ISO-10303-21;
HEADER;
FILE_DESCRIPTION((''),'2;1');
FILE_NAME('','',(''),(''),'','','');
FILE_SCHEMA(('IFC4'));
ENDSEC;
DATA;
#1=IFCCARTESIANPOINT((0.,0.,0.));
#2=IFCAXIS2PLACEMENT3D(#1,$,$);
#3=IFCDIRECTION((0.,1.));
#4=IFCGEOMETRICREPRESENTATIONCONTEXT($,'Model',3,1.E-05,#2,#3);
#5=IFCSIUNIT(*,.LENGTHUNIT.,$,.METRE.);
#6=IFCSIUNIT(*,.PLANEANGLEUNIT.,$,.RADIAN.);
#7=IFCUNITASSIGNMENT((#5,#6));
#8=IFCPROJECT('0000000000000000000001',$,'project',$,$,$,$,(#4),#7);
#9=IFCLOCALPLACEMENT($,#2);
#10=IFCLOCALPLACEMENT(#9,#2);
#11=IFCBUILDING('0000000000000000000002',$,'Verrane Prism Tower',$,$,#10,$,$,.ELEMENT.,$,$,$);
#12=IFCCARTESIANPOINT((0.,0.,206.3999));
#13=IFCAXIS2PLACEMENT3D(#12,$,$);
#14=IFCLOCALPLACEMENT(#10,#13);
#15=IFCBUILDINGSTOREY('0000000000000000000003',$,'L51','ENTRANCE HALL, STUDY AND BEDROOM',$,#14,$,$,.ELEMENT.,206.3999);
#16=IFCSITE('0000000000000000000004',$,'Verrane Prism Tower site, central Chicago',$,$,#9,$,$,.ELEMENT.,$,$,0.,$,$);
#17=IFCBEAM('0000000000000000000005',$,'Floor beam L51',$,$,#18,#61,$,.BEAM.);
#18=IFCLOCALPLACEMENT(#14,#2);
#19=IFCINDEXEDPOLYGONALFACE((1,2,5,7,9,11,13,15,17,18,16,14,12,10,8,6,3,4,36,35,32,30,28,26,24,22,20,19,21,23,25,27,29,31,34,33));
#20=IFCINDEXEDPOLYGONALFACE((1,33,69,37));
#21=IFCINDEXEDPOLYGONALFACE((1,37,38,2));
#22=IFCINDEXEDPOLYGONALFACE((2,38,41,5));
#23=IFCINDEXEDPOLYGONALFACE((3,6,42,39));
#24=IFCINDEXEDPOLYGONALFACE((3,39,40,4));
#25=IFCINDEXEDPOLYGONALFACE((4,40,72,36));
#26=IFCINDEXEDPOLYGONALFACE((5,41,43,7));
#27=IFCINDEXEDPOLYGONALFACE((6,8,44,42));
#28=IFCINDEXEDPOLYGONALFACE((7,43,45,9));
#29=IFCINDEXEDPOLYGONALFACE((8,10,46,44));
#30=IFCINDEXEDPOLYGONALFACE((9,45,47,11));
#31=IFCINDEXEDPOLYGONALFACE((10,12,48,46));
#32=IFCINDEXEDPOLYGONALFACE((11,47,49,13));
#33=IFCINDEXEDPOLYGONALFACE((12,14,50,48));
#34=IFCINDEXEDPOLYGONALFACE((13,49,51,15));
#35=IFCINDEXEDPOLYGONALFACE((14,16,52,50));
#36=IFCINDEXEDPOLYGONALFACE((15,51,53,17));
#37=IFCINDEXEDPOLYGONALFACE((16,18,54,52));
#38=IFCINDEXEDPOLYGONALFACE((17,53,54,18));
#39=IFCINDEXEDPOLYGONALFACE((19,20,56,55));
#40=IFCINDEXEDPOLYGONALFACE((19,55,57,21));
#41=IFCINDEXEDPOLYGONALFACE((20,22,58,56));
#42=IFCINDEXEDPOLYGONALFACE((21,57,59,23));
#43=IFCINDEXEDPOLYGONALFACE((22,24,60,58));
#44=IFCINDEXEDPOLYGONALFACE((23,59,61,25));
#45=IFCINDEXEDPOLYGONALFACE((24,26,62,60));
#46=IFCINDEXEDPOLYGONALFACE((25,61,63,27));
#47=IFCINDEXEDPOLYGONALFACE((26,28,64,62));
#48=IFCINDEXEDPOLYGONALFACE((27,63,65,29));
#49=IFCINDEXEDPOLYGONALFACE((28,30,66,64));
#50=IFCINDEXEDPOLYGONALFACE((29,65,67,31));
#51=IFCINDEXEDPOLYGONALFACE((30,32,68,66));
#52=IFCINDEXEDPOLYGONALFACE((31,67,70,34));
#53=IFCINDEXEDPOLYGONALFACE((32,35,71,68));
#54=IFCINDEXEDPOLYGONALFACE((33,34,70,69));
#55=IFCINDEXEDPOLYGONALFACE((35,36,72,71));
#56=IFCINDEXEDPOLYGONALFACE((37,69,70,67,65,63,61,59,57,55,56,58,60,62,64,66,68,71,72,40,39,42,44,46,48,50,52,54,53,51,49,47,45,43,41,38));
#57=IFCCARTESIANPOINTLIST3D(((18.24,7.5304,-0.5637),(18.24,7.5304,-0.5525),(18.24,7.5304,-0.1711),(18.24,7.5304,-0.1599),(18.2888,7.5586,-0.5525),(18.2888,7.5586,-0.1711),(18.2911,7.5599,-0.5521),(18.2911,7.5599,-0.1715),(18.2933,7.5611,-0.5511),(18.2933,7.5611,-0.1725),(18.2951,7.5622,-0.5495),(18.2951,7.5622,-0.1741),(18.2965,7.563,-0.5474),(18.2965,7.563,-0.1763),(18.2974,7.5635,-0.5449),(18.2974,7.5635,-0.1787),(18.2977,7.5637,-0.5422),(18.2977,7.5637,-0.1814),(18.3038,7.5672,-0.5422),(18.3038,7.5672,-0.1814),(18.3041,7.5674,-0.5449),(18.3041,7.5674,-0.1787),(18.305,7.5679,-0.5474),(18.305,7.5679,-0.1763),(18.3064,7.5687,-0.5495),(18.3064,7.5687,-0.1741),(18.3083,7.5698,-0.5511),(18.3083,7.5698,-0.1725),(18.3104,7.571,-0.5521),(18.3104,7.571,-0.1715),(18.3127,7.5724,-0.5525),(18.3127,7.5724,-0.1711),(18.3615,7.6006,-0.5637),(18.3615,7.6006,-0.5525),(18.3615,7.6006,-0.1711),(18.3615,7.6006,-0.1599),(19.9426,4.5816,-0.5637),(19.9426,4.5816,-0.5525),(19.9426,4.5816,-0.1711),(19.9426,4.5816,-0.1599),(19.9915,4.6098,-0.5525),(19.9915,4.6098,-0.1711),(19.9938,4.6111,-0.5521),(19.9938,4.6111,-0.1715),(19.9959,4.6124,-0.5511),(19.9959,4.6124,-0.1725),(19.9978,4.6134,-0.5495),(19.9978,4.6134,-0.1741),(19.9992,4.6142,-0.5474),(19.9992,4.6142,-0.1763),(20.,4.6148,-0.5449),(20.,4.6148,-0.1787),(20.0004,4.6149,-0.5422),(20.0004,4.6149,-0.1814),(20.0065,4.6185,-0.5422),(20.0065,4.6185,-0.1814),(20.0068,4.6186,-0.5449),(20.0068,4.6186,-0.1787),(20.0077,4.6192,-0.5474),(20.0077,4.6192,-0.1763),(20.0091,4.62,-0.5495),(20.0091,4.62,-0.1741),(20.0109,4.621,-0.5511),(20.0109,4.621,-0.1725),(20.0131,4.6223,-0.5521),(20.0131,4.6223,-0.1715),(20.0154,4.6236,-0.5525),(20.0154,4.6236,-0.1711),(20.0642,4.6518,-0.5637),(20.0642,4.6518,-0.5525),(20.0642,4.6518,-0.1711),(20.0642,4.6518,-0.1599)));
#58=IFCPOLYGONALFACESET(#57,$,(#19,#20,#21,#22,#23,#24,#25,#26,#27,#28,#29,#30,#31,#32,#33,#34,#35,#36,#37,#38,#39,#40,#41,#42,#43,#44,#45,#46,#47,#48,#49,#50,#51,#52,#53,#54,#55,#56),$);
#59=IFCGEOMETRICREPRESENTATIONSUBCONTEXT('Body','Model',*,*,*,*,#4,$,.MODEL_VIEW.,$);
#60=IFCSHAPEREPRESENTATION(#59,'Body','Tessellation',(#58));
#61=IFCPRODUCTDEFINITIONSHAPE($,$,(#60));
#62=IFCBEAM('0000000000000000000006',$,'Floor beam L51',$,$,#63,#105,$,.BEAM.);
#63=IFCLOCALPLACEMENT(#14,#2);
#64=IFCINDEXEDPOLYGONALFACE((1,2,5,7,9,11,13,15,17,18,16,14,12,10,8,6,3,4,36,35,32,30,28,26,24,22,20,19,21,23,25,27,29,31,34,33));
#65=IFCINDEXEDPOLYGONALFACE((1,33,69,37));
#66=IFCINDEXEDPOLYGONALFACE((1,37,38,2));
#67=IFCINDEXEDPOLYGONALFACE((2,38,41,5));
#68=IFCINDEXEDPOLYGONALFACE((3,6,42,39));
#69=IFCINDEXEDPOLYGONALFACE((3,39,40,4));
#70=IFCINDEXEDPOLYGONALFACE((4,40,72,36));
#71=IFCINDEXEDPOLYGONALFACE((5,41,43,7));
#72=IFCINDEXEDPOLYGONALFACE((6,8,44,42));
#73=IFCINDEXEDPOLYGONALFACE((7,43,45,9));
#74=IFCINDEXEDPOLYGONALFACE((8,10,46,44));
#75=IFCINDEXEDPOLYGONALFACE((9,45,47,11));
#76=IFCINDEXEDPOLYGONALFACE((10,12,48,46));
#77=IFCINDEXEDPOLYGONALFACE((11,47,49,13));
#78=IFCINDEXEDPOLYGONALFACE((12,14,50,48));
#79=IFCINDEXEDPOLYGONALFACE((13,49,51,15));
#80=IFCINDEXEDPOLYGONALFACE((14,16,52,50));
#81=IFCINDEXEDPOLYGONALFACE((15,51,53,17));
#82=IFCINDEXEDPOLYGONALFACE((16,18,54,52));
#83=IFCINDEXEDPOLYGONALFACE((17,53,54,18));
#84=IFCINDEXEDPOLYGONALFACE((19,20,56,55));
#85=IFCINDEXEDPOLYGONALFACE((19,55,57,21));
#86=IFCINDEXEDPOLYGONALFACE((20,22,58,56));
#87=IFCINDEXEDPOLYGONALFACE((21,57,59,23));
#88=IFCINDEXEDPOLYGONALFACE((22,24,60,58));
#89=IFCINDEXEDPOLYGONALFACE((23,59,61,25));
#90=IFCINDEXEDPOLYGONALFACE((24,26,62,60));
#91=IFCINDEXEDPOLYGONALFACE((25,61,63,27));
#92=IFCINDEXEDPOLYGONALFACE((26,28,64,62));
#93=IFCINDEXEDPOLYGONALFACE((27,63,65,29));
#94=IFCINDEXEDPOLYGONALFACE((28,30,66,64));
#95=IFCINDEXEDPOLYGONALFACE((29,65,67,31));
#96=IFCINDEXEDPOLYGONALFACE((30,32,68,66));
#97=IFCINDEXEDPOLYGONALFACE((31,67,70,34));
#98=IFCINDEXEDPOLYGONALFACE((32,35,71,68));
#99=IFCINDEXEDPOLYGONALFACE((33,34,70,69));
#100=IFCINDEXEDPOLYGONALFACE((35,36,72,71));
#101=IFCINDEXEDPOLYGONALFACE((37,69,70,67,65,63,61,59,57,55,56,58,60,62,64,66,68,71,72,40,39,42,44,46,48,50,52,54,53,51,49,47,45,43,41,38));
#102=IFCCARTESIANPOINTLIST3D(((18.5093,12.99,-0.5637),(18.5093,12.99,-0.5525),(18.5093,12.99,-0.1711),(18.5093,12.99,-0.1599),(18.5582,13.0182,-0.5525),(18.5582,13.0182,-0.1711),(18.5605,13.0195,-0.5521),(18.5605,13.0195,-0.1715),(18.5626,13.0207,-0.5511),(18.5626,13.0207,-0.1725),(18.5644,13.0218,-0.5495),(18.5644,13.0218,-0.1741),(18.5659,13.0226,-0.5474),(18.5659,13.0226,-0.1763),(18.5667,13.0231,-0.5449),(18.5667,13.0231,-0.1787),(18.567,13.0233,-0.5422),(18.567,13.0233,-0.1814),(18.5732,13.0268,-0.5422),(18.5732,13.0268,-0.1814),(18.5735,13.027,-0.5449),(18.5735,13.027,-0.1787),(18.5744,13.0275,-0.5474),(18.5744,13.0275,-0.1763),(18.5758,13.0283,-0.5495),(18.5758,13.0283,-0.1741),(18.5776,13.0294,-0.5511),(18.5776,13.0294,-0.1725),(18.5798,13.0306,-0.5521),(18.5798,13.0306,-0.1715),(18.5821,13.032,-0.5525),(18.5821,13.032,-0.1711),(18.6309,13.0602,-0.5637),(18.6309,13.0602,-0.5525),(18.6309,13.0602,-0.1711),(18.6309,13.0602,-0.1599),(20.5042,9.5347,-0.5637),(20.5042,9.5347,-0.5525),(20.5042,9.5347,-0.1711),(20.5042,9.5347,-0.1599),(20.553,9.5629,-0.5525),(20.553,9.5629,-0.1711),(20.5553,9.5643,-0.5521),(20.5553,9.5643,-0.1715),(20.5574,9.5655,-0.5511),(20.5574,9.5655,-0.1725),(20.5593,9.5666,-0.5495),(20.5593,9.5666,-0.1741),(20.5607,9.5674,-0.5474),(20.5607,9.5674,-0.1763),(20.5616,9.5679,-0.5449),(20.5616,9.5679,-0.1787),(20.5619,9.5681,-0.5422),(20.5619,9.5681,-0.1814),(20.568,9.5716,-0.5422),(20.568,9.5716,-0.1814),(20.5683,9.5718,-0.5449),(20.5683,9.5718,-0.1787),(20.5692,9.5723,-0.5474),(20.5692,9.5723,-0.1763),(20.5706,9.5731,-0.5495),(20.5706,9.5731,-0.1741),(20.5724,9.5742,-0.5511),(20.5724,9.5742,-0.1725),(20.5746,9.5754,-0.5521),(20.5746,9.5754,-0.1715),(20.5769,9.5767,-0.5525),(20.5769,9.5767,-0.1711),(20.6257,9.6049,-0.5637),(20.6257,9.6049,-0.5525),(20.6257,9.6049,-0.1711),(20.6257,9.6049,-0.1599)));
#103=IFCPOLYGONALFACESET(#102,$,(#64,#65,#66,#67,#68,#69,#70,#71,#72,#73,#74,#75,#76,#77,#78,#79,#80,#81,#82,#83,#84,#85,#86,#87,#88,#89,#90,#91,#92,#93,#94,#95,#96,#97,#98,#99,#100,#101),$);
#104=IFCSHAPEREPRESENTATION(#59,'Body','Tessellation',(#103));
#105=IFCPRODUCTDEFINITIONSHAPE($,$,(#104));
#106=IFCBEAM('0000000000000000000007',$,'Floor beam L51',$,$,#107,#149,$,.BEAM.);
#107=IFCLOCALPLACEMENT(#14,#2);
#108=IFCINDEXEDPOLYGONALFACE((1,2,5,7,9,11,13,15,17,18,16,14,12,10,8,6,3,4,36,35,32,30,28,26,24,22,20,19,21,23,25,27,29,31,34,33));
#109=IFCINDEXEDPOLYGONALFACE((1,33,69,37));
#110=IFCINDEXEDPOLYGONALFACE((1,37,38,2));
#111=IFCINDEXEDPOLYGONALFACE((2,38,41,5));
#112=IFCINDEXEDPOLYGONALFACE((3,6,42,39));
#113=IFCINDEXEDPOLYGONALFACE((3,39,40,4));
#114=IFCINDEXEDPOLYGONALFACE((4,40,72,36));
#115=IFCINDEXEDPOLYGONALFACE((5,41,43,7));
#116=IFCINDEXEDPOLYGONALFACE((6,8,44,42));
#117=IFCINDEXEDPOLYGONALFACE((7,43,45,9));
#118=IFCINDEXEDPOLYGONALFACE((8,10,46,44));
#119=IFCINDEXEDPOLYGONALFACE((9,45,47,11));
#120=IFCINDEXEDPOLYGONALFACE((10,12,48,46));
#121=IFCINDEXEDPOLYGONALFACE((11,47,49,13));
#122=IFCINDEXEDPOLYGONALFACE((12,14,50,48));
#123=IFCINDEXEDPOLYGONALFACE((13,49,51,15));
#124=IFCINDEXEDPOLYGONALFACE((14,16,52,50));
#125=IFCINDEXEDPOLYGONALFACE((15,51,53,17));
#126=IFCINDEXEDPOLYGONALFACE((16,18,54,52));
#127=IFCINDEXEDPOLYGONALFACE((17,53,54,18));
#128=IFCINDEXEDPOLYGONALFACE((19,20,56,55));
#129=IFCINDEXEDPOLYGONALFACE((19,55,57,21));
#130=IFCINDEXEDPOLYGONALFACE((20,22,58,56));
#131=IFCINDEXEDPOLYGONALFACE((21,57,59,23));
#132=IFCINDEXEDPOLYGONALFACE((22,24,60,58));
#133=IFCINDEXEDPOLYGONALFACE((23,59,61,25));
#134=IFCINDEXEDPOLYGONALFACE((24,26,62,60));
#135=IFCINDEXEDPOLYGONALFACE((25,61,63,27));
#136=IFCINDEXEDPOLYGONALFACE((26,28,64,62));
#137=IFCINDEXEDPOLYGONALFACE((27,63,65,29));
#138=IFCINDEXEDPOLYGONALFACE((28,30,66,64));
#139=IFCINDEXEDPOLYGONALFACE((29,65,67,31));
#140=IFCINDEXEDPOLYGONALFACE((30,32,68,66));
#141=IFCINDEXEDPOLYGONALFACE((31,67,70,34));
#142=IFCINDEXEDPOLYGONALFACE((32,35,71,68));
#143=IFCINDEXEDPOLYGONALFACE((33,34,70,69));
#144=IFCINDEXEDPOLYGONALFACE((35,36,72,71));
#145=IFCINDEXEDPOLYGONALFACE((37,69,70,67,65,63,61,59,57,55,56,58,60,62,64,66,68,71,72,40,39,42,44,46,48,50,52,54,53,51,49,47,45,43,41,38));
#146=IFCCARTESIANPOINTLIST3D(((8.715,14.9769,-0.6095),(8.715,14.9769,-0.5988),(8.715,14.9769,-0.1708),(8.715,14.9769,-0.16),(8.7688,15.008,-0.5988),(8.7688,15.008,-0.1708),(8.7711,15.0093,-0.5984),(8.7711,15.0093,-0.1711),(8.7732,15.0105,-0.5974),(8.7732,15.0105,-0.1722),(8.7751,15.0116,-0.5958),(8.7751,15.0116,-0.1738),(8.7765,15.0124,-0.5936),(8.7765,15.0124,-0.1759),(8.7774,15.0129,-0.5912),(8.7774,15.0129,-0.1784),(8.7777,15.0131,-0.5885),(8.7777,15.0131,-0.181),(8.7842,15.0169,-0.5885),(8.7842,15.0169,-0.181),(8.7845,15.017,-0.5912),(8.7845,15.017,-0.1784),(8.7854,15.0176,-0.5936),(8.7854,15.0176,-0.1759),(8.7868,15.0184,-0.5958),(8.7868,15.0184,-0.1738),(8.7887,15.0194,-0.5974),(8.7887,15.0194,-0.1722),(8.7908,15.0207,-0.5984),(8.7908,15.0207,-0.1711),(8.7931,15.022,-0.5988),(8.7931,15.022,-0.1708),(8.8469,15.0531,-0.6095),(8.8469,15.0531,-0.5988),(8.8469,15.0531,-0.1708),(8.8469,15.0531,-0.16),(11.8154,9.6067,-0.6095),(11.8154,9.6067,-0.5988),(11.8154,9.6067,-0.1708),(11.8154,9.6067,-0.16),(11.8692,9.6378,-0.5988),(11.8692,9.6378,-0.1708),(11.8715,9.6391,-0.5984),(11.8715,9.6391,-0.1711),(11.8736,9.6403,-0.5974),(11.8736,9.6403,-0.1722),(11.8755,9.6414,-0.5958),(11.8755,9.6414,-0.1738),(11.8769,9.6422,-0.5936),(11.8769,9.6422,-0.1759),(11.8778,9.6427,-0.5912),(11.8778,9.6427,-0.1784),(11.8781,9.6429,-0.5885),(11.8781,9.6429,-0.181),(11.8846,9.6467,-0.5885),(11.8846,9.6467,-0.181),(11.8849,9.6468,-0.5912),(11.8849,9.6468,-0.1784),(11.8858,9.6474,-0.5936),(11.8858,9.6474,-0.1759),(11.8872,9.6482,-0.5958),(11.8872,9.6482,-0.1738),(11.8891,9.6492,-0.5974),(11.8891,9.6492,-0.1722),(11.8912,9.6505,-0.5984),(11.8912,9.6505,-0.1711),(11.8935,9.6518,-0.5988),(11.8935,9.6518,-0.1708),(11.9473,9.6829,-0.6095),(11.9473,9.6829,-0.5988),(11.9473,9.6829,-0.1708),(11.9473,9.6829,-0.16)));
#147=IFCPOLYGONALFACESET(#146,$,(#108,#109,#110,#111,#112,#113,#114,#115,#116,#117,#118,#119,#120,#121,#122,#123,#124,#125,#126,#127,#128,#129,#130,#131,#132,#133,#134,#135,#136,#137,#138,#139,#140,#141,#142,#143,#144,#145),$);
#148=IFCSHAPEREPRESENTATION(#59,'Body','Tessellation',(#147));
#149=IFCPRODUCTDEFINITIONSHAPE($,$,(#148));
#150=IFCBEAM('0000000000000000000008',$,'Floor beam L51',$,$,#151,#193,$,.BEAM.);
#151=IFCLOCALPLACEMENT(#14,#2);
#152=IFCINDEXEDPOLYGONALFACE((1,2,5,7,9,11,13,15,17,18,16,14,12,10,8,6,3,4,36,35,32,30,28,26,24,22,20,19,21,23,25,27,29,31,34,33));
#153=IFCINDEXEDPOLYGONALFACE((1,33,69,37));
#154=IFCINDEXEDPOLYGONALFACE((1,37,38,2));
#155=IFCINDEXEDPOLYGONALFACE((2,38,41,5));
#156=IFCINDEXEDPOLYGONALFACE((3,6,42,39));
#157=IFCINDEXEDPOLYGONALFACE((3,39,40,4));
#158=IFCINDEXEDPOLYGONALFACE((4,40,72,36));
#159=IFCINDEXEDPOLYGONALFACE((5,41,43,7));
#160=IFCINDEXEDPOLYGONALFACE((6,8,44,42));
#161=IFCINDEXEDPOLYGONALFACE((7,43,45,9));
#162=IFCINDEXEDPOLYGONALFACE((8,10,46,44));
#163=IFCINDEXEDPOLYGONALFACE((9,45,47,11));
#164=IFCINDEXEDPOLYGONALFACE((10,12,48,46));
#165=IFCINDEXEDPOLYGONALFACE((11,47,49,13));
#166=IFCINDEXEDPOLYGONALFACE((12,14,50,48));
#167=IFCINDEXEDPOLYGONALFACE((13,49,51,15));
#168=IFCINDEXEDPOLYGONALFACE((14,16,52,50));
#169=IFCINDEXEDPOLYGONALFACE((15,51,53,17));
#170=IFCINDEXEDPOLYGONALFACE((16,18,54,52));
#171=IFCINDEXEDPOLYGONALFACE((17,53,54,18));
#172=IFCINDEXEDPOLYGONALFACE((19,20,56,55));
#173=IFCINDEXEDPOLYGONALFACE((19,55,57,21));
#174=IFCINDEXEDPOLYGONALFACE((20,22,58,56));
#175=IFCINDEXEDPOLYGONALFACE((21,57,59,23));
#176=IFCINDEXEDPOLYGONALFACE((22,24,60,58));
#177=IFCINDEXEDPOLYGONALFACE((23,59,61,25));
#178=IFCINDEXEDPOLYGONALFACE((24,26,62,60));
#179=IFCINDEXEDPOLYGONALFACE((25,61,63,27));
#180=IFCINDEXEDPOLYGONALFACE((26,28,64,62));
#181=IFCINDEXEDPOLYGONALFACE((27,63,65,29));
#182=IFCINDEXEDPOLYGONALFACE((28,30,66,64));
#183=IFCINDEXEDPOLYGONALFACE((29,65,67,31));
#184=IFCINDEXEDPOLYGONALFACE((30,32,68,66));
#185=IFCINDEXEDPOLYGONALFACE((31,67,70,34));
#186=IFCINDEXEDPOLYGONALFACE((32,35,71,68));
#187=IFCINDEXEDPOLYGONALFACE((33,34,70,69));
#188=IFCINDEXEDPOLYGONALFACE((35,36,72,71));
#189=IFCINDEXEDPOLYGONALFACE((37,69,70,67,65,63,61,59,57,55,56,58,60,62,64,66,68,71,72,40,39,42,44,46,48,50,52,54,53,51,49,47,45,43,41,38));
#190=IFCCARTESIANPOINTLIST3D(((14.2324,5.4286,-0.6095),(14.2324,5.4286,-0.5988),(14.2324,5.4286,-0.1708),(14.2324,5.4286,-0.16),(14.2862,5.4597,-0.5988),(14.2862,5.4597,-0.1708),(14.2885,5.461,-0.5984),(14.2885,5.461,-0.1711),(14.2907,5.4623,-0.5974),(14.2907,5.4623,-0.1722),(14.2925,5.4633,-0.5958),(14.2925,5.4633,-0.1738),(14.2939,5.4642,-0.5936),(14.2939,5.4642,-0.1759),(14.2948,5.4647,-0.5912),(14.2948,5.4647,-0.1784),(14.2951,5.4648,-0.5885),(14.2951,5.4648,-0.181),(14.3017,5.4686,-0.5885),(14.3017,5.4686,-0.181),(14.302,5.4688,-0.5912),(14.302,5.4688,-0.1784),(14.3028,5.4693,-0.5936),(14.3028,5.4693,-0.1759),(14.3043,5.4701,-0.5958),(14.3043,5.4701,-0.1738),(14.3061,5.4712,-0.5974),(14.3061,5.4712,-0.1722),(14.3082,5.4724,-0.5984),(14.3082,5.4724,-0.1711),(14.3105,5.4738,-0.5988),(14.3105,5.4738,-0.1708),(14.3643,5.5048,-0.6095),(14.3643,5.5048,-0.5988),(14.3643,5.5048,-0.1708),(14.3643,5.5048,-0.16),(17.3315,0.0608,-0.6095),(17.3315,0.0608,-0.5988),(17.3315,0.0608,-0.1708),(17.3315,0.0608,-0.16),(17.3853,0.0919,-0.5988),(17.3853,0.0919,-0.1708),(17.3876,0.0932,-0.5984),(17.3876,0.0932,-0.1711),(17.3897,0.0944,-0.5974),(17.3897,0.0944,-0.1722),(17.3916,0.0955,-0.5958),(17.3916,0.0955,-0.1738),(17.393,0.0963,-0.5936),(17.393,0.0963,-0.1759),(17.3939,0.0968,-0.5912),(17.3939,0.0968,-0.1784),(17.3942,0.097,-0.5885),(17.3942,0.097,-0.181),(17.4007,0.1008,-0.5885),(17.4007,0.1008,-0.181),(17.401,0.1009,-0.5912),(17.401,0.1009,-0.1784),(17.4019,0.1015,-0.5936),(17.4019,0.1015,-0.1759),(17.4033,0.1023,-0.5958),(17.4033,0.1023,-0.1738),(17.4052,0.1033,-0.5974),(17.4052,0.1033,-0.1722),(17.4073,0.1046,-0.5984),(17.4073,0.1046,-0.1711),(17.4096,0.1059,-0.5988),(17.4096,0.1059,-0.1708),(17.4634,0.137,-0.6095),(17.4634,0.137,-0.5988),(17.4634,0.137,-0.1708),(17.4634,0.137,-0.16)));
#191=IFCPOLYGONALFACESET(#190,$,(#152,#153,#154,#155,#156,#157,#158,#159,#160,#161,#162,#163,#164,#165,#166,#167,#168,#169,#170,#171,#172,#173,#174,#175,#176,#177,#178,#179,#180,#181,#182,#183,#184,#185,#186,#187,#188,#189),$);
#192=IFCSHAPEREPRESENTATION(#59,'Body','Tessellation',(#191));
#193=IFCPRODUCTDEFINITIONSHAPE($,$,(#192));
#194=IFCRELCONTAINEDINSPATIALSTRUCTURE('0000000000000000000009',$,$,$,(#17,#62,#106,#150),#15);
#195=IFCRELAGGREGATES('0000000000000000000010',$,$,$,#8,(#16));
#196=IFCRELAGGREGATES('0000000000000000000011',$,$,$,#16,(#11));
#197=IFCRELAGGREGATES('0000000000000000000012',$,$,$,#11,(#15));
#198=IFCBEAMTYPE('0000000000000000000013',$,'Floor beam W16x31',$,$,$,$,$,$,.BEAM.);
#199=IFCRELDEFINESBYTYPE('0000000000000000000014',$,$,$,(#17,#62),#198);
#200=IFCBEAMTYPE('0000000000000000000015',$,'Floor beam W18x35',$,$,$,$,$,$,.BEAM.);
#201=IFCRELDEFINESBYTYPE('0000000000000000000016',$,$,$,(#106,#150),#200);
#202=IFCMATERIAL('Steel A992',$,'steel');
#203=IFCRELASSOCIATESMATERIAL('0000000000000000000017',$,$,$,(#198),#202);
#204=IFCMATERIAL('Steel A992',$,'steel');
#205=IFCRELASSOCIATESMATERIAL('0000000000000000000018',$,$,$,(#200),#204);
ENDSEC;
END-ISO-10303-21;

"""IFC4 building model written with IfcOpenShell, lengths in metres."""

from ifc_helpers import new_model, si_unit, direction, frame, origin, origin_2d, place, context, subcontext, project, spatial, i_section, extrude, material, material_profile, profile_set, type_object, element, save


model = new_model("IFC4")

# Units and contexts
model_context = context("Model", 3, precision=1e-05, world=origin(), true_north=direction((0.0, 1.0)))
body_context = subcontext(model_context, "Body", "Model", "MODEL_VIEW")
ifc_project = project(units=[si_unit("LENGTHUNIT", "METRE"), si_unit("PLANEANGLEUNIT", "RADIAN")], contexts=[model_context])

# Site, building, storey
site_placement = place(None, origin())
site = spatial("IfcSite", under=ifc_project, at=site_placement, Name="Verrane Prism Tower site, central Chicago", CompositionType="ELEMENT", RefElevation=0.0)
building_placement = place(site_placement, origin())
building = spatial("IfcBuilding", under=site, at=building_placement, Name="Verrane Prism Tower", CompositionType="ELEMENT")
storey_placement = place(building_placement, frame((0.0, 0.0, 206.3999)))
storey = spatial("IfcBuildingStorey", under=building, at=storey_placement, Name="L51", Description="ENTRANCE HALL, STUDY AND BEDROOM", CompositionType="ELEMENT", Elevation=206.3999)

# Beams
ifc_material_1 = material(Name="Steel A992", Category="steel")
ifc_material_profile_1 = material_profile(ifc_material_1, i_section(OverallWidth=0.1404, OverallDepth=0.4038, WebThickness=0.0071, FlangeThickness=0.0112, FilletRadius=0.0103, at=origin_2d()), Name="W16x31")
ifc_profile_set_1 = profile_set([ifc_material_profile_1], Name="Steel A992")
beam_type_1 = type_object("IfcBeamType", Name="Floor beam W16x31", PredefinedType="BEAM", material=ifc_profile_set_1)
beam_1_placement = place(storey_placement, frame((20.0034, 4.6167, -0.3618), z_axis=(-0.500041, 0.866002, 0.0), x_axis=(-0.866002, -0.500041, 0.0)))
element("IfcBeam", 1, at=beam_1_placement, inside=storey, type_object=beam_type_1, Name="Floor beam L51", PredefinedType="BEAM", context=body_context, shape_type="SweptSolid", body=[
    extrude(i_section(OverallWidth=0.1404, OverallDepth=0.4038, WebThickness=0.0071, FlangeThickness=0.0112, FilletRadius=0.0103, at=origin_2d()), origin(), (0.0, 0.0, 1.0), 3.405),
])
beam_2_placement = place(storey_placement, frame((20.5649, 9.5698, -0.3618), z_axis=(-0.499989, 0.866032, 0.0), x_axis=(-0.866032, -0.499989, 0.0)))
element("IfcBeam", 2, at=beam_2_placement, inside=storey, type_object=beam_type_1, Name="Floor beam L51", PredefinedType="BEAM", context=body_context, shape_type="SweptSolid", body=[
    extrude(i_section(OverallWidth=0.1404, OverallDepth=0.4038, WebThickness=0.0071, FlangeThickness=0.0112, FilletRadius=0.0103, at=origin_2d()), origin(), (0.0, 0.0, 1.0), 3.9897),
])
ifc_material_2 = material(Name="Steel A992", Category="steel")
ifc_material_profile_2 = material_profile(ifc_material_2, i_section(OverallWidth=0.1523, OverallDepth=0.4495, WebThickness=0.0076, FlangeThickness=0.0107, FilletRadius=0.0103, at=origin_2d()), Name="W18x35")
ifc_profile_set_2 = profile_set([ifc_material_profile_2], Name="Steel A992")
beam_type_2 = type_object("IfcBeamType", Name="Floor beam W18x35", PredefinedType="BEAM", material=ifc_profile_set_2)
beam_3_placement = place(storey_placement, frame((11.8813, 9.6448, -0.3848), z_axis=(-0.499988, 0.866032, 0.0), x_axis=(-0.866032, -0.499988, 0.0)))
element("IfcBeam", 3, at=beam_3_placement, inside=storey, type_object=beam_type_2, Name="Floor beam L51", PredefinedType="BEAM", context=body_context, shape_type="SweptSolid", body=[
    extrude(i_section(OverallWidth=0.1523, OverallDepth=0.4495, WebThickness=0.0076, FlangeThickness=0.0107, FilletRadius=0.0103, at=origin_2d()), origin(), (0.0, 0.0, 1.0), 6.2009),
])
beam_4_placement = place(storey_placement, frame((17.3975, 0.0989, -0.3848), z_axis=(-0.499994, 0.866029, 0.0), x_axis=(-0.866029, -0.499994, 0.0)))
element("IfcBeam", 4, at=beam_4_placement, inside=storey, type_object=beam_type_2, Name="Floor beam L51", PredefinedType="BEAM", context=body_context, shape_type="SweptSolid", body=[
    extrude(i_section(OverallWidth=0.1523, OverallDepth=0.4495, WebThickness=0.0076, FlangeThickness=0.0107, FilletRadius=0.0103, at=origin_2d()), origin(), (0.0, 0.0, 1.0), 6.1982),
])

save(model, "model.ifc")
